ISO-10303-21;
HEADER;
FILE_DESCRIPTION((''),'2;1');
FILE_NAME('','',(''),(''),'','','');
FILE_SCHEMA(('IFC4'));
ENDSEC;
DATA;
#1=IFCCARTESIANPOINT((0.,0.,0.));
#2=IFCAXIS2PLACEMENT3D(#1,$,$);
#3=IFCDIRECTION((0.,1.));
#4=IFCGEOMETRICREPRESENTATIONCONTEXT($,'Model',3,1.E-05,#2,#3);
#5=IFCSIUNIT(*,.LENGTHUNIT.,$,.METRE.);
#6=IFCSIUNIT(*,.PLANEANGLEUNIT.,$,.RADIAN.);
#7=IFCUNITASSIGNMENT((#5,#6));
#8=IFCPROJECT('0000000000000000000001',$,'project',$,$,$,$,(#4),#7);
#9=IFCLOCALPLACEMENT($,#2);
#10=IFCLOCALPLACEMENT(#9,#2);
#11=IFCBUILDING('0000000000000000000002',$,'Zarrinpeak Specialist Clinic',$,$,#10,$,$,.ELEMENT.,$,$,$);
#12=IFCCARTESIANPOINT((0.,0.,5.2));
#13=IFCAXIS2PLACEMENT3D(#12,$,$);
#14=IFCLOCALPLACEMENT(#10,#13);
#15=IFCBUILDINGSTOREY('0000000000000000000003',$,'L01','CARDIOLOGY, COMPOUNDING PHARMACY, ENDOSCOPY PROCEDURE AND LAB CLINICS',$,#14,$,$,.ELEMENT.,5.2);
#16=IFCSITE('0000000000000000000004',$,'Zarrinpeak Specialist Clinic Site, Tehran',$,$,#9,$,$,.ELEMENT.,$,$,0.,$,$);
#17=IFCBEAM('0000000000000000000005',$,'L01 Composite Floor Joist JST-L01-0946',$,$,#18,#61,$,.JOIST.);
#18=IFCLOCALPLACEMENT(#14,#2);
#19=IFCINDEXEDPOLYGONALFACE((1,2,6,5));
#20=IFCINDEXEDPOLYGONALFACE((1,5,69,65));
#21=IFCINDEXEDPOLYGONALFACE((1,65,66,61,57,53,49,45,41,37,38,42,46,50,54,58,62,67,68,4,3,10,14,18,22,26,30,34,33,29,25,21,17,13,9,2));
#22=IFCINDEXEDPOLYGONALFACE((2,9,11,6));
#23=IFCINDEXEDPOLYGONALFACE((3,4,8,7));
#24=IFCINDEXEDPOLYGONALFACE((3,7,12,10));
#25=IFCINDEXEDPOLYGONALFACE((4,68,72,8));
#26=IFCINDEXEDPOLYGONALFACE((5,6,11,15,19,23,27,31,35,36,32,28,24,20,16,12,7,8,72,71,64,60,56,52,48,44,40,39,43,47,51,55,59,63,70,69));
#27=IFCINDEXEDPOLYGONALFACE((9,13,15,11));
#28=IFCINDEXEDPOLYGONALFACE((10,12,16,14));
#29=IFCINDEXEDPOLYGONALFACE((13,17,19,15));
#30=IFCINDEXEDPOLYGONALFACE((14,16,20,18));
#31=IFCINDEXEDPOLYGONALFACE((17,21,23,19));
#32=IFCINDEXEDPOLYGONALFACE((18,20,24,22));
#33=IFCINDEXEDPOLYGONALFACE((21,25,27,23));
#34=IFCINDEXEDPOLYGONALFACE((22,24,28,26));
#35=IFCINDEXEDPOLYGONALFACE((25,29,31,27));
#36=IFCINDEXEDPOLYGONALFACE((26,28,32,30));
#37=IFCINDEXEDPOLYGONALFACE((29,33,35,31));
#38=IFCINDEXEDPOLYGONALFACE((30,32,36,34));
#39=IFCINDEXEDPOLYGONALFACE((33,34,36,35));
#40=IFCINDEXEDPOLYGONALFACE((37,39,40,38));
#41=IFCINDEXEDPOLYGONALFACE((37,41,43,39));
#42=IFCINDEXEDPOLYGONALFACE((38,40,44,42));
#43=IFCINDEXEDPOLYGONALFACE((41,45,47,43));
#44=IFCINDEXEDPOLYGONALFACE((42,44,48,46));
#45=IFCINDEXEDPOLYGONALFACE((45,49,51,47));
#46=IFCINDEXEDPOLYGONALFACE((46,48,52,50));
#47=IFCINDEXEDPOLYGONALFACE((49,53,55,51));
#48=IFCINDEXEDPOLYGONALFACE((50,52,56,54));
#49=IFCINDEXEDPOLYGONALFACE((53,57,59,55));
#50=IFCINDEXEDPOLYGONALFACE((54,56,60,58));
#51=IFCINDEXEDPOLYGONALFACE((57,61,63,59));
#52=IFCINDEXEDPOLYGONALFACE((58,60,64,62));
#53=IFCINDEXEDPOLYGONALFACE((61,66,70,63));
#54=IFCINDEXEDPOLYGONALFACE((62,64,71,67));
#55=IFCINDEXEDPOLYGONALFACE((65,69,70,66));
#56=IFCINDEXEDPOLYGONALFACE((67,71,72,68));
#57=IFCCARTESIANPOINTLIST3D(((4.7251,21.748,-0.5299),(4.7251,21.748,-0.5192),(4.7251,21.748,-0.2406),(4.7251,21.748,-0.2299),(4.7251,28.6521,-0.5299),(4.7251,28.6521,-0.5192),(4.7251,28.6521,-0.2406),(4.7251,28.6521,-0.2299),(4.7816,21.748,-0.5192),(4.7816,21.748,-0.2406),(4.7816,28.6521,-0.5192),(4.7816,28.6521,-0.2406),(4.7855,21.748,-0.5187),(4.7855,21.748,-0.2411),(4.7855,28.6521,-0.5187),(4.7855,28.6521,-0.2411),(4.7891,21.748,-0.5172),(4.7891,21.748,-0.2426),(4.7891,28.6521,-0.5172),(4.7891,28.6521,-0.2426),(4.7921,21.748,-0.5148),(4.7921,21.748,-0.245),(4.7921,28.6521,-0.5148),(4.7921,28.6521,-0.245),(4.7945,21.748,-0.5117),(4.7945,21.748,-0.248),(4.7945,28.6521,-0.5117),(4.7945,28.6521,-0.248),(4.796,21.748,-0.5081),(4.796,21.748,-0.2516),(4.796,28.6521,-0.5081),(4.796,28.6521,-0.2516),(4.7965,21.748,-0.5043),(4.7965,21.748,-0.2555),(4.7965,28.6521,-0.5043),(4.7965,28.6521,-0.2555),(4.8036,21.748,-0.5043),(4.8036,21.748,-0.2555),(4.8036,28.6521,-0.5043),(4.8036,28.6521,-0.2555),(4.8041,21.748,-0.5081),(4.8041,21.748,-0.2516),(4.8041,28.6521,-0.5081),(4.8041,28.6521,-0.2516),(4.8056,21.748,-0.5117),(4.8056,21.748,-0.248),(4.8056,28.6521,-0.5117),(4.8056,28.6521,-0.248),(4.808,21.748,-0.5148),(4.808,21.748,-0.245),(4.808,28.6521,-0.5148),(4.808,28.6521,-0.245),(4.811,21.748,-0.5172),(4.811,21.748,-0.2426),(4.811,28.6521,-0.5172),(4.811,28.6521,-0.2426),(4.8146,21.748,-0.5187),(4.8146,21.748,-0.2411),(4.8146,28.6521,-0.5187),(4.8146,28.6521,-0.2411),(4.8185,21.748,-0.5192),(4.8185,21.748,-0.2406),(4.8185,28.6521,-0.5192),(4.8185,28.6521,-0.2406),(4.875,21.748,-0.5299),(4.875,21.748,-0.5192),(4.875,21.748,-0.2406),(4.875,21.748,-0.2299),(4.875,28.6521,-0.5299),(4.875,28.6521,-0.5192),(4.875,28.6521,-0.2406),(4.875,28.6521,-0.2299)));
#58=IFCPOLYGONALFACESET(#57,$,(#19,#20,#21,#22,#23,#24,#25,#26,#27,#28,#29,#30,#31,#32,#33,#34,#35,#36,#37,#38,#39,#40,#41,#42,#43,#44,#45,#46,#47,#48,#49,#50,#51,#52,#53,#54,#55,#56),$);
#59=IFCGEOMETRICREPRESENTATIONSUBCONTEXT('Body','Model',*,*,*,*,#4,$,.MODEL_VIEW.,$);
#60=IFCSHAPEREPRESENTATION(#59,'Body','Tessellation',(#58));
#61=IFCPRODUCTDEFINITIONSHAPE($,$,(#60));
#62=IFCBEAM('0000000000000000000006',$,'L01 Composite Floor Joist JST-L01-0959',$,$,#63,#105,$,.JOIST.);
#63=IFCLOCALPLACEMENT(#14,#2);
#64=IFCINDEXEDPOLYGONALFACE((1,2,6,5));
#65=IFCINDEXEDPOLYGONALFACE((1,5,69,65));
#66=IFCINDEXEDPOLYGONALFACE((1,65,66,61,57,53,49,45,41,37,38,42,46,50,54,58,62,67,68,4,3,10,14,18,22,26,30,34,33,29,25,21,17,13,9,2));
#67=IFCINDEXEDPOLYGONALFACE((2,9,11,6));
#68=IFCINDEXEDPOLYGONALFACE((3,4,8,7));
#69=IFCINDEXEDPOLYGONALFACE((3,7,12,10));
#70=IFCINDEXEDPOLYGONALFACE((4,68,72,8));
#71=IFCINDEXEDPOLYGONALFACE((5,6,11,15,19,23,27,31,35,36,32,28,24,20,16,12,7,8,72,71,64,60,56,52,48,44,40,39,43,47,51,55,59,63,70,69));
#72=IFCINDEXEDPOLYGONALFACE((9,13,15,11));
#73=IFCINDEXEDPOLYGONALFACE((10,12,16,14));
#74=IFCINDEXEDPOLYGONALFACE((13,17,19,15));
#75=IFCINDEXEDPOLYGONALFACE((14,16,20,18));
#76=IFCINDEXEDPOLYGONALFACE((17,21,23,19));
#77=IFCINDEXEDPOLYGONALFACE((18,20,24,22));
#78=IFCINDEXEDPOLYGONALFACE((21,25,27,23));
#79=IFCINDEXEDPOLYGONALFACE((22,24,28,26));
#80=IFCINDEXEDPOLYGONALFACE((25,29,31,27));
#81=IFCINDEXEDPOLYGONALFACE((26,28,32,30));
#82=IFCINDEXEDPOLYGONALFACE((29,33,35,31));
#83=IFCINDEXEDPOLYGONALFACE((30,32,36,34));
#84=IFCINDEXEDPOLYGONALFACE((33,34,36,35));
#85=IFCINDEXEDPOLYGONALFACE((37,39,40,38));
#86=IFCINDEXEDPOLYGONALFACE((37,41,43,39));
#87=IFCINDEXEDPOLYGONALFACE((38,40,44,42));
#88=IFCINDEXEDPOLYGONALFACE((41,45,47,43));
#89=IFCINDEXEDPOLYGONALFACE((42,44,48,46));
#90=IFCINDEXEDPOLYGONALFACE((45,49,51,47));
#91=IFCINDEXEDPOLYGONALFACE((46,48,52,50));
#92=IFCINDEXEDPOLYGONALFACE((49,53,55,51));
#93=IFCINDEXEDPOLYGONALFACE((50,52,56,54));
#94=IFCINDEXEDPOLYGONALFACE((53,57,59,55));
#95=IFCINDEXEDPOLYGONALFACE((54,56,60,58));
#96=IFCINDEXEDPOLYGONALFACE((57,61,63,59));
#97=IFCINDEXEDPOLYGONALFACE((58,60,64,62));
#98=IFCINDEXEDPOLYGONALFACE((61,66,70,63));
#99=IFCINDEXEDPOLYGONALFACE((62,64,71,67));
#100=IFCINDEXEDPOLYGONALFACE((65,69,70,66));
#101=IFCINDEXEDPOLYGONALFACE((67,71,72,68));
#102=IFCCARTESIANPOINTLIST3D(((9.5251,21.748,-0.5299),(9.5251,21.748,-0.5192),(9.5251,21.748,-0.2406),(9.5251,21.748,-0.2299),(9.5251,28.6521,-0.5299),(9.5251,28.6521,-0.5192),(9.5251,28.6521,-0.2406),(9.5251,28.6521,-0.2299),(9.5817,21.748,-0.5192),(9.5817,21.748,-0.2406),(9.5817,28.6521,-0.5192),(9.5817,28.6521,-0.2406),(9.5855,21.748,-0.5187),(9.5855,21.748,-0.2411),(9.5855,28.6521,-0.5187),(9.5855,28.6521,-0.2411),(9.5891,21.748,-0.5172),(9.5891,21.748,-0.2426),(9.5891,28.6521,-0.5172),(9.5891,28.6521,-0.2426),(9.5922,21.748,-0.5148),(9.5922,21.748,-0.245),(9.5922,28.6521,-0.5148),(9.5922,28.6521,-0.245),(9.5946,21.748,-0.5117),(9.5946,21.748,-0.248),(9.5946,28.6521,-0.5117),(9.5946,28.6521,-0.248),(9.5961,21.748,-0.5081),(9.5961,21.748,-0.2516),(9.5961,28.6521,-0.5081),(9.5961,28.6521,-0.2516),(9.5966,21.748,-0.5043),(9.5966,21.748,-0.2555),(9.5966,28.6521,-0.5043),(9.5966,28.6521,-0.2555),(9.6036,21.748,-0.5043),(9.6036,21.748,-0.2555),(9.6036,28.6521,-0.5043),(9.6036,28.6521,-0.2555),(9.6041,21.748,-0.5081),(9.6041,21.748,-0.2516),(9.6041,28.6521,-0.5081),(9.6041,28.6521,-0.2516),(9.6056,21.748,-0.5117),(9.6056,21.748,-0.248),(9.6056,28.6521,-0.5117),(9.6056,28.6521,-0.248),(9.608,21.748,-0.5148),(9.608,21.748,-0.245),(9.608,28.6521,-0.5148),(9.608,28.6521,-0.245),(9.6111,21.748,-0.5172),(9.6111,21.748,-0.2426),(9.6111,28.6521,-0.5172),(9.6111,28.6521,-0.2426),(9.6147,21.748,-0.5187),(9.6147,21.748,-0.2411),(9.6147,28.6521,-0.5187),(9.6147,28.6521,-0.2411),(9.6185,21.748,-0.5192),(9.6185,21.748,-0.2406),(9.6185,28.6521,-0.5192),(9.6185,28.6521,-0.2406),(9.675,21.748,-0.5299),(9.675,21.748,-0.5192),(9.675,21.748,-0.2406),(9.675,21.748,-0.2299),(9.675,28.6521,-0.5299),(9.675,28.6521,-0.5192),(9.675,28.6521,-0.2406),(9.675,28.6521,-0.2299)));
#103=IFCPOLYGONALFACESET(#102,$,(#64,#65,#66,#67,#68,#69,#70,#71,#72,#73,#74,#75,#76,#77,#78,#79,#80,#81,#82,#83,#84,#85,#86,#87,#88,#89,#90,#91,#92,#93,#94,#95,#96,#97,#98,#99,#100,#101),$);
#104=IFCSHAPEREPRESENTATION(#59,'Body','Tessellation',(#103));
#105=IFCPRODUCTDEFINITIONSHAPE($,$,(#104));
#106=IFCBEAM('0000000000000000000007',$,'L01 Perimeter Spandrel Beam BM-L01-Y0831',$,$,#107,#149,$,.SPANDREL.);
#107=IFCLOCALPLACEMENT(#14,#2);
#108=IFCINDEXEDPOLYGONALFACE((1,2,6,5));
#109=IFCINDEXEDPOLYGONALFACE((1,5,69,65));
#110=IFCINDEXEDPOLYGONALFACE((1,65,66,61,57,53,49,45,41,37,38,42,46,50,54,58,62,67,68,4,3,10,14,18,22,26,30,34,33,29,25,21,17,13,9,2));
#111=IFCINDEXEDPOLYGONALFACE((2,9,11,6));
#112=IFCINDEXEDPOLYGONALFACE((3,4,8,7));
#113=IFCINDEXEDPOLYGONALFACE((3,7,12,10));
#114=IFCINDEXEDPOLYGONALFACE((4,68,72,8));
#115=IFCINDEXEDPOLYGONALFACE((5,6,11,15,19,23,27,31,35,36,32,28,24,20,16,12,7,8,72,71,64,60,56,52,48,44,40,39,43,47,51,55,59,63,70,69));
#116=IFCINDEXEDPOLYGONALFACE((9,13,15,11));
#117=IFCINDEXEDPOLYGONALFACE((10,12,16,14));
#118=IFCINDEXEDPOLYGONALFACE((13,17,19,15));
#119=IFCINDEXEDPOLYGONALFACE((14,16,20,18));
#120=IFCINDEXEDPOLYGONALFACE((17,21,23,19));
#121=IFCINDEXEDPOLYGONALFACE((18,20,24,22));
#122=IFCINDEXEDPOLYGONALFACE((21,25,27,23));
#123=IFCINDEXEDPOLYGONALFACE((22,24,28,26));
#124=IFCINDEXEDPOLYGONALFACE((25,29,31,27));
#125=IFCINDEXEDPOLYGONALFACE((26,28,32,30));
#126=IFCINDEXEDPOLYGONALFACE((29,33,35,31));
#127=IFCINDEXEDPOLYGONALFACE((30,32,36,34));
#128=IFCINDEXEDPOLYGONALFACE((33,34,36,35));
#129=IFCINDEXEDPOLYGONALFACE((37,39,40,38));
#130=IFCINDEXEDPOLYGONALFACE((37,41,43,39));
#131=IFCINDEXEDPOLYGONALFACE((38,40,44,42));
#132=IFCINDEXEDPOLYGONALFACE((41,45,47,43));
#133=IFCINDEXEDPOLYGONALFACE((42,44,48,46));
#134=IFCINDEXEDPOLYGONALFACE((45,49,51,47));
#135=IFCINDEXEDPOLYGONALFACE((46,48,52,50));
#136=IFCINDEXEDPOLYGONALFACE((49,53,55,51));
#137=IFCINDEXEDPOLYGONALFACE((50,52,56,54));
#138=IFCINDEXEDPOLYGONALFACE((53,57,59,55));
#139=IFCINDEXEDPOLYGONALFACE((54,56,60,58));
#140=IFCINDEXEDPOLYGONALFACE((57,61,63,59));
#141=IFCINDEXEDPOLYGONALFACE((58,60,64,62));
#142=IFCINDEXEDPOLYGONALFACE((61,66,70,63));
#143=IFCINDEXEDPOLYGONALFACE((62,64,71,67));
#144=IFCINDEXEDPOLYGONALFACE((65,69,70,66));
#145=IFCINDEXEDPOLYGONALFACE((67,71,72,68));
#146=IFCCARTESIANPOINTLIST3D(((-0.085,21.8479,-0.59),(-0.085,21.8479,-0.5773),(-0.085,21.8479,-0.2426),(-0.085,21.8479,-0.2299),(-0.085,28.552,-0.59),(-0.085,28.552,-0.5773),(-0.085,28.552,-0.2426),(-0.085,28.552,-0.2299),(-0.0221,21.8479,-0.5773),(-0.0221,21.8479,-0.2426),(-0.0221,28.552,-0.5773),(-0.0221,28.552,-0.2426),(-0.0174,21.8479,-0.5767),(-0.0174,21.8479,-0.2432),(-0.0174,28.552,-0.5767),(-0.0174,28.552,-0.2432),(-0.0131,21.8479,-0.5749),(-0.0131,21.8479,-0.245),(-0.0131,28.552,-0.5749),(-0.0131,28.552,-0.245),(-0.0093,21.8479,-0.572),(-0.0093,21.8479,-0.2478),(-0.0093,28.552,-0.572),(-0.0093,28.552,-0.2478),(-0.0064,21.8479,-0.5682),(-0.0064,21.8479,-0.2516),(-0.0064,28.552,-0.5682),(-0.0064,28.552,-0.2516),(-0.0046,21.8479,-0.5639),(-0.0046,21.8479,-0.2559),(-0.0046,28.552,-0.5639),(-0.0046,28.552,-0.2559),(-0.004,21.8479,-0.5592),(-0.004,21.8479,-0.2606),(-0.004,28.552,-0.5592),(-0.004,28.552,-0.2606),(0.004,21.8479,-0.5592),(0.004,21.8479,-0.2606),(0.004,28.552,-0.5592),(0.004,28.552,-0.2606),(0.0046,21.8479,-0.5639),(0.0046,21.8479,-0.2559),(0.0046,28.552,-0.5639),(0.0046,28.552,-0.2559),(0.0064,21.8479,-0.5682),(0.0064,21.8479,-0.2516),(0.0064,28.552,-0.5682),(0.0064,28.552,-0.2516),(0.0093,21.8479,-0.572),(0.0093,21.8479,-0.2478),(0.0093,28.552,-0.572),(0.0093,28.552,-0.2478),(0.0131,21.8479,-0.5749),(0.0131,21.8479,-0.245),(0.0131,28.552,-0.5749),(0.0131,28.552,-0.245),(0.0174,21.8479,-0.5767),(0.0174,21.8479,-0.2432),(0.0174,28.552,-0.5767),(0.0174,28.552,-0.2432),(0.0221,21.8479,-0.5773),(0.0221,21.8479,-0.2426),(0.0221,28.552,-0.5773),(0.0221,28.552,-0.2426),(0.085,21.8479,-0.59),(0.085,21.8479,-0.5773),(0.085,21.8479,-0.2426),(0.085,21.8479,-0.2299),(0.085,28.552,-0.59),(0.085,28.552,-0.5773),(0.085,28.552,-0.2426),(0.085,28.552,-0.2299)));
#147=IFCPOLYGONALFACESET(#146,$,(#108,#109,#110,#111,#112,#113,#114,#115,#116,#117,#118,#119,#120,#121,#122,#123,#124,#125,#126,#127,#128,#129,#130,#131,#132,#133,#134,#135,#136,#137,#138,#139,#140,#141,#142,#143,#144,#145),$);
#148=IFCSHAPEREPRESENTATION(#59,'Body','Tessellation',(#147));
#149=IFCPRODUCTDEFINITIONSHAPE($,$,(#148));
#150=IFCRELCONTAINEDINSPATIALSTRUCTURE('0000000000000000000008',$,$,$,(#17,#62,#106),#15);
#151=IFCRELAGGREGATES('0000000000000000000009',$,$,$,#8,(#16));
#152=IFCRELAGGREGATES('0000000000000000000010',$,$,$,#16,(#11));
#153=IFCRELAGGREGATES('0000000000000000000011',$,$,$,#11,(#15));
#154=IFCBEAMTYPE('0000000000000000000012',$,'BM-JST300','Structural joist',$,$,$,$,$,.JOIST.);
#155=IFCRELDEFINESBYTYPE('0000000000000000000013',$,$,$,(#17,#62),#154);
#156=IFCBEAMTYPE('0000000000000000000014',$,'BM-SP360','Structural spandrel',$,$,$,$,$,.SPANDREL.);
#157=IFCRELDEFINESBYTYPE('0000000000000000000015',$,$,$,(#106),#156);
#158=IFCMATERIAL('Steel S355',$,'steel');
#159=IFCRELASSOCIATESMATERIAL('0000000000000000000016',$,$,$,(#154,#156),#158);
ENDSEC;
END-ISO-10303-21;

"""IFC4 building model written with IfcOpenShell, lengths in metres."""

from ifc_helpers import new_model, si_unit, direction, frame, origin, origin_2d, place, context, subcontext, project, spatial, i_section, extrude, material, material_profile, profile_set, type_object, element, save


model = new_model("IFC4")

# Units and contexts
model_context = context("Model", 3, precision=1e-05, world=origin(), true_north=direction((0.0, 1.0)))
body_context = subcontext(model_context, "Body", "Model", "MODEL_VIEW")
ifc_project = project(units=[si_unit("LENGTHUNIT", "METRE"), si_unit("PLANEANGLEUNIT", "RADIAN")], contexts=[model_context])

# Site, building, storey
site_placement = place(None, origin())
site = spatial("IfcSite", under=ifc_project, at=site_placement, Name="Zarrinpeak Specialist Clinic Site, Tehran", CompositionType="ELEMENT", RefElevation=0.0)
building_placement = place(site_placement, origin())
building = spatial("IfcBuilding", under=site, at=building_placement, Name="Zarrinpeak Specialist Clinic", CompositionType="ELEMENT")
storey_placement = place(building_placement, frame((0.0, 0.0, 5.2)))
storey = spatial("IfcBuildingStorey", under=building, at=storey_placement, Name="L01", Description="CARDIOLOGY, COMPOUNDING PHARMACY, ENDOSCOPY PROCEDURE AND LAB CLINICS", CompositionType="ELEMENT", Elevation=5.2)

# Shared definitions
ifc_material_1 = material(Name="Steel S355", Category="steel")

# Beams
ifc_material_profile_1 = material_profile(ifc_material_1, i_section(OverallWidth=0.1499, OverallDepth=0.3, WebThickness=0.0071, FlangeThickness=0.0107, FilletRadius=0.0149, at=origin_2d()), Name="IPE 300")
ifc_profile_set_1 = profile_set([ifc_material_profile_1], Name="Steel S355")
beam_type_1 = type_object("IfcBeamType", Name="BM-JST300", Description="Structural joist", PredefinedType="JOIST", material=ifc_profile_set_1)
for number, where, z_axis, x_axis, name in (
    (1, (4.8, 21.748, -0.3799), (0.0, 1.0, 0.0), (-1.0, 0.0, 0.0), "L01 Composite Floor Joist JST-L01-0946"),
    (2, (9.6001, 21.748, -0.3799), (0.0, 1.0, 0.0), (-1.0, 0.0, 0.0), "L01 Composite Floor Joist JST-L01-0959"),
):
    element("IfcBeam", number, at=place(storey_placement, frame(where, z_axis=z_axis, x_axis=x_axis)), inside=storey, type_object=beam_type_1, Name=name, PredefinedType="JOIST", context=body_context, shape_type="SweptSolid", body=[
        extrude(i_section(OverallWidth=0.1499, OverallDepth=0.3, WebThickness=0.0071, FlangeThickness=0.0107, FilletRadius=0.0149, at=origin_2d()), origin(), (0.0, 0.0, 1.0), 6.9041),
    ])
ifc_material_profile_2 = material_profile(ifc_material_1, i_section(OverallWidth=0.1699, OverallDepth=0.3601, WebThickness=0.0081, FlangeThickness=0.0127, FilletRadius=0.0181, at=origin_2d()), Name="IPE 360")
ifc_profile_set_2 = profile_set([ifc_material_profile_2], Name="Steel S355")
beam_type_2 = type_object("IfcBeamType", Name="BM-SP360", Description="Structural spandrel", PredefinedType="SPANDREL", material=ifc_profile_set_2)
beam_placement = place(storey_placement, frame((0.0, 21.8479, -0.4099), z_axis=(0.0, 1.0, 0.0), x_axis=(-1.0, 0.0, 0.0)))
element("IfcBeam", 3, at=beam_placement, inside=storey, type_object=beam_type_2, Name="L01 Perimeter Spandrel Beam BM-L01-Y0831", PredefinedType="SPANDREL", context=body_context, shape_type="SweptSolid", body=[
    extrude(i_section(OverallWidth=0.1699, OverallDepth=0.3601, WebThickness=0.0081, FlangeThickness=0.0127, FilletRadius=0.0181, at=origin_2d()), origin(), (0.0, 0.0, 1.0), 6.7041),
])

save(model, "model.ifc")
